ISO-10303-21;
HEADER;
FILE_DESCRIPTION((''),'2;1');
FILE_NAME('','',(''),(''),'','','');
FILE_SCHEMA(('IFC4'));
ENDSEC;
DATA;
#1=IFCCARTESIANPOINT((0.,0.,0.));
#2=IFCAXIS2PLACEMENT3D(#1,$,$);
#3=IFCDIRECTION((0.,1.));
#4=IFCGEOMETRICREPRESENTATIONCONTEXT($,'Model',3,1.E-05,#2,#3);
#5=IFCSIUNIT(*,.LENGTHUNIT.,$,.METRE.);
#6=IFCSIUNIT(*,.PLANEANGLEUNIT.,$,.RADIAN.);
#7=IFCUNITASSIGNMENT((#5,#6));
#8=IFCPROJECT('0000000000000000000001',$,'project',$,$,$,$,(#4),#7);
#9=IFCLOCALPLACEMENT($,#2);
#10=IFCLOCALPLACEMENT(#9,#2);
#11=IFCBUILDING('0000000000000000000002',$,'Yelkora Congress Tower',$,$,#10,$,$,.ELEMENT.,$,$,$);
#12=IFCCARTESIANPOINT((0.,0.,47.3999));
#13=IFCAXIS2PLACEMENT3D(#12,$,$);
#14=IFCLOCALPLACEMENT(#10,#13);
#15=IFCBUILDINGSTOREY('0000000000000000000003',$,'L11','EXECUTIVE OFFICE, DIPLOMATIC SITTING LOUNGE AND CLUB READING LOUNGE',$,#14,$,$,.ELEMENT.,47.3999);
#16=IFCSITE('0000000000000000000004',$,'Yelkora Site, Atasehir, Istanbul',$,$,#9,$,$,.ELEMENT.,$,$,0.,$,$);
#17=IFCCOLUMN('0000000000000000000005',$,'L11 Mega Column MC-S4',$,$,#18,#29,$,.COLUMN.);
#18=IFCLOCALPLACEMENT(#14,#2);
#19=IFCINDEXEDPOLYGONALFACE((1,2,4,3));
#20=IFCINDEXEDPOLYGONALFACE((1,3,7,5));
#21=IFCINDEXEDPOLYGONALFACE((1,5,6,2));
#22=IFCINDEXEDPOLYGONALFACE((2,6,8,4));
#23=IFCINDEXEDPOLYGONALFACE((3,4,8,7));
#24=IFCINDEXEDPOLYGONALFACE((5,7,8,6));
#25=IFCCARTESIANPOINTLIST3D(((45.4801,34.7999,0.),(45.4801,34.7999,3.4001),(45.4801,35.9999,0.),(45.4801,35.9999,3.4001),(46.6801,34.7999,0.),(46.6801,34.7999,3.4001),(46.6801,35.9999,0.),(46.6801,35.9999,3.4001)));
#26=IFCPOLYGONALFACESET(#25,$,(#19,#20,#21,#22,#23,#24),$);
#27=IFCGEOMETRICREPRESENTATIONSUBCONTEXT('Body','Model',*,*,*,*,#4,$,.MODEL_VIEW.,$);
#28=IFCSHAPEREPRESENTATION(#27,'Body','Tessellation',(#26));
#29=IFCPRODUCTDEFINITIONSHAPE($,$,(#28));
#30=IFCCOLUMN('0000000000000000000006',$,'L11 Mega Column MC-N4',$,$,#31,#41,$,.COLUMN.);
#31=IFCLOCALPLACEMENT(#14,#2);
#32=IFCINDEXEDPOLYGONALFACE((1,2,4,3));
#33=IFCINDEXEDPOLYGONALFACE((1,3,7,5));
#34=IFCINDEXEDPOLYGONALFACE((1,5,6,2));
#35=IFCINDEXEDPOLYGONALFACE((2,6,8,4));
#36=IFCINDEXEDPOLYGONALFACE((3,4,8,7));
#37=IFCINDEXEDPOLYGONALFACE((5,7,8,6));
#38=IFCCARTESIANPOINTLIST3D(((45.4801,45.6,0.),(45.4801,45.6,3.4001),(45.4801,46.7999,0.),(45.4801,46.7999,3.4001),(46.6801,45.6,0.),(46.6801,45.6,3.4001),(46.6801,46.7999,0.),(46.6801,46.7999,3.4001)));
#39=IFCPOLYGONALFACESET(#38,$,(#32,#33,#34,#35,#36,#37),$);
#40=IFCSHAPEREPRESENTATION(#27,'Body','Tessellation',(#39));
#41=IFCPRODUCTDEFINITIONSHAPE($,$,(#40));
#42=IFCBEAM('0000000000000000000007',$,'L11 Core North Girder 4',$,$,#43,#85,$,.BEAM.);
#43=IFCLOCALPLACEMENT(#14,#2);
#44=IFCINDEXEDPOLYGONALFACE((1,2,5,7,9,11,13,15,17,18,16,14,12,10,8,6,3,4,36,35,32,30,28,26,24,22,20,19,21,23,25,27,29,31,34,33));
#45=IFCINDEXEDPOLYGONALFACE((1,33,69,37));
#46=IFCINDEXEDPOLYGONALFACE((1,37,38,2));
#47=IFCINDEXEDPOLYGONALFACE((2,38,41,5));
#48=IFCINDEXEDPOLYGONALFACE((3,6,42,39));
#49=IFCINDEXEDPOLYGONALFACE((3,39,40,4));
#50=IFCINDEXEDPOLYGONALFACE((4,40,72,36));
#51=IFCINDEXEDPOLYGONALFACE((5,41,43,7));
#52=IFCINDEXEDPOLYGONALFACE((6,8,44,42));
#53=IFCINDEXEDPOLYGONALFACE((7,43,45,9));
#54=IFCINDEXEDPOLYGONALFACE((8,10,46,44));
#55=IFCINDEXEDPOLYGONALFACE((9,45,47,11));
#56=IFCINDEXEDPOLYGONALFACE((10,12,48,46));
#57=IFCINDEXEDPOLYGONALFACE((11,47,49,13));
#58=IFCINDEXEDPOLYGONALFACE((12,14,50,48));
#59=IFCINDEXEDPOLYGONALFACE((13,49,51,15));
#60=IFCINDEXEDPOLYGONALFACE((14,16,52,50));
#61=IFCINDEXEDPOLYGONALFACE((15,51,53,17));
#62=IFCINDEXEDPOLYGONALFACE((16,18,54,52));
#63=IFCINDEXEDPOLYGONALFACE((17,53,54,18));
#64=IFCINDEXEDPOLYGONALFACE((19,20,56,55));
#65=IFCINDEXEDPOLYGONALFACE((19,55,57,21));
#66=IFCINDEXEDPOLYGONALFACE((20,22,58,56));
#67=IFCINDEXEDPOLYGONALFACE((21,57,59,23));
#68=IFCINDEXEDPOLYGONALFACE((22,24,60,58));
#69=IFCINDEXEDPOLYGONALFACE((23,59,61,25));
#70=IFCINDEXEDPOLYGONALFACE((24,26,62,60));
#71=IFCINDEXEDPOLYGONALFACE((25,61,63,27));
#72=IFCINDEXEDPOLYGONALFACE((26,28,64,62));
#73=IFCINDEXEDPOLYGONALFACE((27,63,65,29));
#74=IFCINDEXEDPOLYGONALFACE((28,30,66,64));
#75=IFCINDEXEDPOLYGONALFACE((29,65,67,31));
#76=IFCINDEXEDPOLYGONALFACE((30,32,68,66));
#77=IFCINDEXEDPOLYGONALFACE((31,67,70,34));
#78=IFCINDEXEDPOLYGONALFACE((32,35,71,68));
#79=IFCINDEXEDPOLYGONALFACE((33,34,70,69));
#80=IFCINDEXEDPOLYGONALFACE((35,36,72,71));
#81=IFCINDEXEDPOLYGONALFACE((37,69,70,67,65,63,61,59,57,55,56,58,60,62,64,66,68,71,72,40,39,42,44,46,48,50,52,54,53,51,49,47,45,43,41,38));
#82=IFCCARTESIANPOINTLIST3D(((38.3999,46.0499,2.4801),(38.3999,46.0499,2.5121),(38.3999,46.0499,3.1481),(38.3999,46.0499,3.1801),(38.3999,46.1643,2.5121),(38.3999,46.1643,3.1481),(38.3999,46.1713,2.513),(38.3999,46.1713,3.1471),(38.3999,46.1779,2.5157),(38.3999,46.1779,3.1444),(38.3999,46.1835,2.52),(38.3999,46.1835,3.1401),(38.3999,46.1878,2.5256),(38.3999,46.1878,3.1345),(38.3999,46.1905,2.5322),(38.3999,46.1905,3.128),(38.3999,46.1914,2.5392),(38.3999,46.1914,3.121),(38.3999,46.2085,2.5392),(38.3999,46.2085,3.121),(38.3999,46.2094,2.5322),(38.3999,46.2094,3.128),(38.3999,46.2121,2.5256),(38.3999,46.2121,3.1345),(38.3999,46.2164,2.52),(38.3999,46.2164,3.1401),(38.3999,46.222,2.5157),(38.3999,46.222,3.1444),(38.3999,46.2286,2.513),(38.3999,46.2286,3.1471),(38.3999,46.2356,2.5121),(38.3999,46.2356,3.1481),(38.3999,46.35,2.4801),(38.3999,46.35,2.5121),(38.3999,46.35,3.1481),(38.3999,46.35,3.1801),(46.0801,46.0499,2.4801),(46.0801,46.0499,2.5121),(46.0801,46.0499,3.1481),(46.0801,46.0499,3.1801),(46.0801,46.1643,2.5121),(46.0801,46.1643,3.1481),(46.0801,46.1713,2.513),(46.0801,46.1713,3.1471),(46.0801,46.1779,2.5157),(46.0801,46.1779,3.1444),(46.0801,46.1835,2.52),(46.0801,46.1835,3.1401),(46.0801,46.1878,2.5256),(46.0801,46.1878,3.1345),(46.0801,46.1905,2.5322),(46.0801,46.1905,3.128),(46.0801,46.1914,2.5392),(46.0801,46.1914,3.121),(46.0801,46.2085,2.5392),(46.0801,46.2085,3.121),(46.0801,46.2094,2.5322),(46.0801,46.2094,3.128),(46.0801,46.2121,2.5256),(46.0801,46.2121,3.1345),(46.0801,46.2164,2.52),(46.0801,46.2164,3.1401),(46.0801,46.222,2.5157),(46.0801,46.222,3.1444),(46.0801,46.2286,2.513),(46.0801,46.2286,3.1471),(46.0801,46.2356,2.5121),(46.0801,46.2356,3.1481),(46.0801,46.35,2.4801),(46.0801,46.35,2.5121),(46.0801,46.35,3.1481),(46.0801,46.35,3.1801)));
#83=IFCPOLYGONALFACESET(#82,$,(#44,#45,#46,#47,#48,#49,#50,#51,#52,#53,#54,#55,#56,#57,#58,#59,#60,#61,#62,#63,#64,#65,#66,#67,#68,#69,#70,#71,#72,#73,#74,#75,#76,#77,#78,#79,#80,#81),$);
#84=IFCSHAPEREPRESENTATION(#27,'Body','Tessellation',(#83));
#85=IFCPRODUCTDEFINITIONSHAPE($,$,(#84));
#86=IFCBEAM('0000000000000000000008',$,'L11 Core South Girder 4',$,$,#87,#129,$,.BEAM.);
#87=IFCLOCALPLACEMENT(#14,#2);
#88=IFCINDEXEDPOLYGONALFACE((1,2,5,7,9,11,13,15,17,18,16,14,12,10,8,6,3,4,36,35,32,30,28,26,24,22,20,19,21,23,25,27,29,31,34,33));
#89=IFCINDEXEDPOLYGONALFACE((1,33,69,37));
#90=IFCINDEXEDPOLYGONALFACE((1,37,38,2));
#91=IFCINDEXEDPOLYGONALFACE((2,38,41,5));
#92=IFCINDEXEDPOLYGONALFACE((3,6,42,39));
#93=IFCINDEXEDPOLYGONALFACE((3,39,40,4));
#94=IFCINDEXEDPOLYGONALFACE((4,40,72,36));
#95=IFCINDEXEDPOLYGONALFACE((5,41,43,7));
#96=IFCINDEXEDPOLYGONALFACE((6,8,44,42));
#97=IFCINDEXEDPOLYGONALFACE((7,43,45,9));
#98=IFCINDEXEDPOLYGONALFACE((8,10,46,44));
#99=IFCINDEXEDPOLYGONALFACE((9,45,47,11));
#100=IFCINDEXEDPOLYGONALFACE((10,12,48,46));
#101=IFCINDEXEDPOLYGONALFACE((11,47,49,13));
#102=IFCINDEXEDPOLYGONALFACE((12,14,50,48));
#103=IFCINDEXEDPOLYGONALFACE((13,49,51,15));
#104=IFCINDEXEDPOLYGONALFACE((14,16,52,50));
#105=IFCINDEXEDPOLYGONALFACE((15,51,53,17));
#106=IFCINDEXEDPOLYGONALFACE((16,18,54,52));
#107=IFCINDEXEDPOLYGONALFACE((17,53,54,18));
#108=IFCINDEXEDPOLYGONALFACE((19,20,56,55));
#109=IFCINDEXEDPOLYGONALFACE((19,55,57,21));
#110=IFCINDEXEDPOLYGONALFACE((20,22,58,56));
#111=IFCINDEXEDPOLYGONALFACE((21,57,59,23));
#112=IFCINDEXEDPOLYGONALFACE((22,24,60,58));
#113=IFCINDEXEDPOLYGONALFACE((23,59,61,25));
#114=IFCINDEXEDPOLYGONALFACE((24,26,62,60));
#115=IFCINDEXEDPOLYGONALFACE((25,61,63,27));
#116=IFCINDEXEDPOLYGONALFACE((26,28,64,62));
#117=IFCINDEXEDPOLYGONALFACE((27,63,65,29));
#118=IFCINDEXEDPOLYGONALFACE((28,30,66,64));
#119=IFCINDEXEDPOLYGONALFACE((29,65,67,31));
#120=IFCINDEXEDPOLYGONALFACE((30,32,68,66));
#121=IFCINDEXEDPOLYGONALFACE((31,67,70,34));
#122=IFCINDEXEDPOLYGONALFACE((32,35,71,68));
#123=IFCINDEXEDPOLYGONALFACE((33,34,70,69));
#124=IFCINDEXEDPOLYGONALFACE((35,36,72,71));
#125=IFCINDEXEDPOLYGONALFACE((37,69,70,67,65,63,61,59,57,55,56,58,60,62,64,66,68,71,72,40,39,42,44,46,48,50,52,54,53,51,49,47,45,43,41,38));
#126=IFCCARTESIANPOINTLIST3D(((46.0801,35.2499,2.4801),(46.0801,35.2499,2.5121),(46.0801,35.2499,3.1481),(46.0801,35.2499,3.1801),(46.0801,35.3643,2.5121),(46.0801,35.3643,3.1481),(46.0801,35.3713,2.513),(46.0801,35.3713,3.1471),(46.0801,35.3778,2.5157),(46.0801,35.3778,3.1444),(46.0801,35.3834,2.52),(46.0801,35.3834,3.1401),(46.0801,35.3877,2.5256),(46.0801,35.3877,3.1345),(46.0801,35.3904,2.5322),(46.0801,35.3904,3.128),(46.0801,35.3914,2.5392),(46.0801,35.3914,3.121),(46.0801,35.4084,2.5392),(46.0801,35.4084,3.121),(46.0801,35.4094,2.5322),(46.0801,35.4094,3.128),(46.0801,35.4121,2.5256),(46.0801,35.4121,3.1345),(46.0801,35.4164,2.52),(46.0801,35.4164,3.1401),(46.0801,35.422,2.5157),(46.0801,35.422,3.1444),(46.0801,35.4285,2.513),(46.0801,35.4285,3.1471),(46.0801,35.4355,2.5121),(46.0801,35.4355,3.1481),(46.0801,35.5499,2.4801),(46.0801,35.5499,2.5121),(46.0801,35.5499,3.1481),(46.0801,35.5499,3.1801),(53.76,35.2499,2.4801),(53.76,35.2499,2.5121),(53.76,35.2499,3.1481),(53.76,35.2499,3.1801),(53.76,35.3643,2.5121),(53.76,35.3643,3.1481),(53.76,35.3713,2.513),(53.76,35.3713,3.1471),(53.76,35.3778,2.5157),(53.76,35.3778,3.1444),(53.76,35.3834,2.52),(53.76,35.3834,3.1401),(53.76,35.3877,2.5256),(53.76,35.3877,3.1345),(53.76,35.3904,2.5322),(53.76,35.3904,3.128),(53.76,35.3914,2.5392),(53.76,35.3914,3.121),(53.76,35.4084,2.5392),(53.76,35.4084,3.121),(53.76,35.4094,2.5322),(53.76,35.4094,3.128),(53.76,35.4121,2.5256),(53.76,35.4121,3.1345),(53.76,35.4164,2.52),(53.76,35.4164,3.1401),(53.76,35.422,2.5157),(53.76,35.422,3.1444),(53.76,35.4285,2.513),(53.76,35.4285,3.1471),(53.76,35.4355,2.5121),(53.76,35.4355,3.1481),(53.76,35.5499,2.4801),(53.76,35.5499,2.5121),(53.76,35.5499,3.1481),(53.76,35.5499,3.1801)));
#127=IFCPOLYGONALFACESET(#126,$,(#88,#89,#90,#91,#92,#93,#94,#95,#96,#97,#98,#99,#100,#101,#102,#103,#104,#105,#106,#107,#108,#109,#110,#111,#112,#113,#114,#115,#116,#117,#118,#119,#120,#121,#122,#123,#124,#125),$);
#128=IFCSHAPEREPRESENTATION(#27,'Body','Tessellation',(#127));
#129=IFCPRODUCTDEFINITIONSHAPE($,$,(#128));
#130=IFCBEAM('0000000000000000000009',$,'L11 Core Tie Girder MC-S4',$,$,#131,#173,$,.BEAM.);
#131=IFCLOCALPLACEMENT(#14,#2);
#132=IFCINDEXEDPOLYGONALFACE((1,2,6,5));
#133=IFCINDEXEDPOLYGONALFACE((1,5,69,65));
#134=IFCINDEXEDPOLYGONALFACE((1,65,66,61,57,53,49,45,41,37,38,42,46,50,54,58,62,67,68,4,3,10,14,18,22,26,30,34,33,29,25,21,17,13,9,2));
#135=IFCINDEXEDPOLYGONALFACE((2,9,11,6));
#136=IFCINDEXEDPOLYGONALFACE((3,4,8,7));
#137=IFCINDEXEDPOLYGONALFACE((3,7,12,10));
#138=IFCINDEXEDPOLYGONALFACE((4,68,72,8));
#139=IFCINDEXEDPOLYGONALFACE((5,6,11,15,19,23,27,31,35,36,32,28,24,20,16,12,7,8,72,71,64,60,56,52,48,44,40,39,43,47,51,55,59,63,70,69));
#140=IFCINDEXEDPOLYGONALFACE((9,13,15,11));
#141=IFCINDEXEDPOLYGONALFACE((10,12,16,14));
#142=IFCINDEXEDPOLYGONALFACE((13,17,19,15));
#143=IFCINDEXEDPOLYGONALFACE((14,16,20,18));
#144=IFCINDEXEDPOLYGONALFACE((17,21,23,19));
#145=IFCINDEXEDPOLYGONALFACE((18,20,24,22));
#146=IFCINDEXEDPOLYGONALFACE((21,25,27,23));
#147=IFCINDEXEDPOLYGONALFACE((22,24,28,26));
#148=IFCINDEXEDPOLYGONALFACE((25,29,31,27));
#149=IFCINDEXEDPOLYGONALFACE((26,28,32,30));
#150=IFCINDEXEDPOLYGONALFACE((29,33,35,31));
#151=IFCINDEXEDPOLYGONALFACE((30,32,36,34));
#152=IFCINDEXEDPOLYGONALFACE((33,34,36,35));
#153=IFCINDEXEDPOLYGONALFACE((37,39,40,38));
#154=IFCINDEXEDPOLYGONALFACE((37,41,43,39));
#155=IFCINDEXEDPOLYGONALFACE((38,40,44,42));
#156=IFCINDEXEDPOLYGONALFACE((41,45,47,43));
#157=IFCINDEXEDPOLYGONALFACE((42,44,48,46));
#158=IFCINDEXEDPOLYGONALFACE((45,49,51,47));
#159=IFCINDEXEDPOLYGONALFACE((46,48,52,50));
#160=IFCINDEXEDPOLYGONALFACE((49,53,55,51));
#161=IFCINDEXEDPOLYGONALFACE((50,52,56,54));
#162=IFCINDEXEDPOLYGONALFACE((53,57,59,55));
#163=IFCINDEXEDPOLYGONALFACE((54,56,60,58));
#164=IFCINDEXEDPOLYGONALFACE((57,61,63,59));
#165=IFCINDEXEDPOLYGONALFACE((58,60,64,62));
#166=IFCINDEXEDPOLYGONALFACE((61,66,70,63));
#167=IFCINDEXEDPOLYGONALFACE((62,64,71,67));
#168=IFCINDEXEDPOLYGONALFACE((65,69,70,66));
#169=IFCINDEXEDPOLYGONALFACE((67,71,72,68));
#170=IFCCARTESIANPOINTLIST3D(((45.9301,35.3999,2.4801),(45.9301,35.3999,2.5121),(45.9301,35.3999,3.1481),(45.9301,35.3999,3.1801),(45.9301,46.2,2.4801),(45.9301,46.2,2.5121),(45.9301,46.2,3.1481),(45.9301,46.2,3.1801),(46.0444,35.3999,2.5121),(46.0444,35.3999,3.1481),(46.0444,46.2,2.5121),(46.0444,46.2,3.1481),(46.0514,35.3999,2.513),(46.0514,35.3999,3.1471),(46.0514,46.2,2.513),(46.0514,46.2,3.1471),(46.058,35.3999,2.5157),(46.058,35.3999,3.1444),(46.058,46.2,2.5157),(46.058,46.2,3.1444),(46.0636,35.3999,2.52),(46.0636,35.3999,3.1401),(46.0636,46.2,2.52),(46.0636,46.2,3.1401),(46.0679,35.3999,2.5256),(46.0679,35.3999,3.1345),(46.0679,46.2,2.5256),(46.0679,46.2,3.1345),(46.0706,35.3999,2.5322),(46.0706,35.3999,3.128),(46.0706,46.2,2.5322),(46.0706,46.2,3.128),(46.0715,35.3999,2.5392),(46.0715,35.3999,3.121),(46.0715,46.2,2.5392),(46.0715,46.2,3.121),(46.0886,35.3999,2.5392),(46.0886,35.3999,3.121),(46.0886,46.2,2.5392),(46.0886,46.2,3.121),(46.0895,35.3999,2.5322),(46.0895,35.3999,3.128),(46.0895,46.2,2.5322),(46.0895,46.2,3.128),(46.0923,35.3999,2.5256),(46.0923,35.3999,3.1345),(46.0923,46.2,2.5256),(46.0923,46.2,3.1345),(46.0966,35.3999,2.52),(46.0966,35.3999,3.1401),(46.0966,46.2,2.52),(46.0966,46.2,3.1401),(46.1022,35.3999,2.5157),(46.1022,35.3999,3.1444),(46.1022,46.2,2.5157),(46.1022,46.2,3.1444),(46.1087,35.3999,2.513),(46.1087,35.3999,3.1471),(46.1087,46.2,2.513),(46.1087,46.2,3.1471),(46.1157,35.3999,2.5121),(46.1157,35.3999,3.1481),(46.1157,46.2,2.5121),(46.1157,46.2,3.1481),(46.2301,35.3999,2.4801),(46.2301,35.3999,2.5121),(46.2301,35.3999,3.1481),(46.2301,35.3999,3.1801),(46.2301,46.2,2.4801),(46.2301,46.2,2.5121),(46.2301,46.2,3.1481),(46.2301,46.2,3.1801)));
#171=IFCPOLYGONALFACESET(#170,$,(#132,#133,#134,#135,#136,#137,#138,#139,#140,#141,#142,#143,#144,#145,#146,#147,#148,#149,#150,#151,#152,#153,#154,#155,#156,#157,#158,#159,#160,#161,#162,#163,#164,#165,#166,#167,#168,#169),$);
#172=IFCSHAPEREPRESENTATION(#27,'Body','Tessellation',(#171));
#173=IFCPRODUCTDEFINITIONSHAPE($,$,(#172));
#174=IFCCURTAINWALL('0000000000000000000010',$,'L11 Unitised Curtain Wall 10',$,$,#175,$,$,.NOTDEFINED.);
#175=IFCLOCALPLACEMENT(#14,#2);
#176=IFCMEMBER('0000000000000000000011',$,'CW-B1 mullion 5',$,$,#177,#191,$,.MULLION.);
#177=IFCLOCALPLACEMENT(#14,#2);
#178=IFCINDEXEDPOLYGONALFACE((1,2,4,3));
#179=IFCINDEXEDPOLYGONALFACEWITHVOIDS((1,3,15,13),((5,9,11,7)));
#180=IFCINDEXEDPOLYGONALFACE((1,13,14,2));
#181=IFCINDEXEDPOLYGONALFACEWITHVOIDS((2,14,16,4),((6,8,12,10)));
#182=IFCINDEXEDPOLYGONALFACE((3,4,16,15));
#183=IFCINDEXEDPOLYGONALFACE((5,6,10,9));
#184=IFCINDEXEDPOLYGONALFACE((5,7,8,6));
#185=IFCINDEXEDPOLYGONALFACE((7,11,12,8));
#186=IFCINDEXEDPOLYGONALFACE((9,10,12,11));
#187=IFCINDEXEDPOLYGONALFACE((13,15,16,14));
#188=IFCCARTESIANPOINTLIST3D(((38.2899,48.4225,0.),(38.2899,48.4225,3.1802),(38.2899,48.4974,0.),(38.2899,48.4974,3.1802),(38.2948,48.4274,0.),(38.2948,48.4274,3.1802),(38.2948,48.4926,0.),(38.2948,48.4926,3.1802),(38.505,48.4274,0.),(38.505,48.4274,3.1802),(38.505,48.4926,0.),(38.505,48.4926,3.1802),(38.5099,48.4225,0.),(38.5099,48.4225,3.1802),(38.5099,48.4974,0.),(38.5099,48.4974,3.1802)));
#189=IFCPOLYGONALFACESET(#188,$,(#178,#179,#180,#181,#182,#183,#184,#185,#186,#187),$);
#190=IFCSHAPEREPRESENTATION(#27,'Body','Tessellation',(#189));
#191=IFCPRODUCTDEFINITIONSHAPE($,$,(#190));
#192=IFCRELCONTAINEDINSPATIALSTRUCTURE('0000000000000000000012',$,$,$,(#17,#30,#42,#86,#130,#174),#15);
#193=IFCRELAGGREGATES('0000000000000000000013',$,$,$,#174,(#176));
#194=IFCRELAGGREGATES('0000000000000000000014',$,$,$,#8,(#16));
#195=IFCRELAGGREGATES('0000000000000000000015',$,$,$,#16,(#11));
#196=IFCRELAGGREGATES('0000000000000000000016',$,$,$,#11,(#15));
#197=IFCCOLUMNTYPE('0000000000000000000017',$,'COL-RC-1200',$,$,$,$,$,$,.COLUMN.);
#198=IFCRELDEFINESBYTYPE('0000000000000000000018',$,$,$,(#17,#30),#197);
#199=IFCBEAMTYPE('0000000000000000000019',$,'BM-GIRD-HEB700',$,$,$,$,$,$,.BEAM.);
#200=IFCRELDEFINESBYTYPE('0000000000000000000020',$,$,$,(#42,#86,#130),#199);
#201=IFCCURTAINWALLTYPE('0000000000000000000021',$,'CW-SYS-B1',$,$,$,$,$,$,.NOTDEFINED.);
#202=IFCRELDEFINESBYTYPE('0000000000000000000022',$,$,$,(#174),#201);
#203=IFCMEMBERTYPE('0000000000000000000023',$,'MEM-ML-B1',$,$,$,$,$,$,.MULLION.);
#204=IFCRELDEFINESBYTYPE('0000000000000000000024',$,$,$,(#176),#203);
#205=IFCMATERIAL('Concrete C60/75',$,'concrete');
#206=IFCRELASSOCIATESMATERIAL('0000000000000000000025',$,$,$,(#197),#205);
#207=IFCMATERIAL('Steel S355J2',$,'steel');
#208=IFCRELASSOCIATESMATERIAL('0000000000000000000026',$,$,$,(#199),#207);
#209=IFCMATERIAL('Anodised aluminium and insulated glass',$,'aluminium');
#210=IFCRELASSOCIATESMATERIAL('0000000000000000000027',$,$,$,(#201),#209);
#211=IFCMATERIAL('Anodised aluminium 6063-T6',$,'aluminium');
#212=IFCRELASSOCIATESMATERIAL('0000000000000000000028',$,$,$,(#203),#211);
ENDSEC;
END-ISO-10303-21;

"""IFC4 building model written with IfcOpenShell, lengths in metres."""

from ifc_helpers import new_model, si_unit, direction, frame, origin, origin_2d, place, context, subcontext, project, spatial, rectangle, hollow_rectangle, i_section, extrude, material, material_profile, profile_set, type_object, element, aggregate, save


model = new_model("IFC4")

# Units and contexts
model_context = context("Model", 3, precision=1e-05, world=origin(), true_north=direction((0.0, 1.0)))
body_context = subcontext(model_context, "Body", "Model", "MODEL_VIEW")
ifc_project = project(units=[si_unit("LENGTHUNIT", "METRE"), si_unit("PLANEANGLEUNIT", "RADIAN")], contexts=[model_context])

# Site, building, storey
site_placement = place(None, origin())
site = spatial("IfcSite", under=ifc_project, at=site_placement, Name="Yelkora Site, Atasehir, Istanbul", CompositionType="ELEMENT", RefElevation=0.0)
building_placement = place(site_placement, origin())
building = spatial("IfcBuilding", under=site, at=building_placement, Name="Yelkora Congress Tower", CompositionType="ELEMENT")
storey_placement = place(building_placement, frame((0.0, 0.0, 47.3999)))
storey = spatial("IfcBuildingStorey", under=building, at=storey_placement, Name="L11", Description="EXECUTIVE OFFICE, DIPLOMATIC SITTING LOUNGE AND CLUB READING LOUNGE", CompositionType="ELEMENT", Elevation=47.3999)

# Columns
ifc_material_1 = material(Name="Concrete C60/75", Category="concrete")
ifc_material_profile_1 = material_profile(ifc_material_1, rectangle(XDim=1.2, YDim=1.2, at=origin_2d()), Name="RC 1200x1200")
ifc_profile_set_1 = profile_set([ifc_material_profile_1], Name="Concrete C60/75")
column_type = type_object("IfcColumnType", Name="COL-RC-1200", PredefinedType="COLUMN", material=ifc_profile_set_1)
for number, where, z_axis, x_axis, name in (
    (1, (46.0801, 35.3999, 0.0), (0.0, 0.0, 1.0), (1.0, 0.0, 0.0), "L11 Mega Column MC-S4"),
    (2, (46.0801, 46.2, 0.0), (0.0, 0.0, 1.0), (1.0, 0.0, 0.0), "L11 Mega Column MC-N4"),
):
    element("IfcColumn", number, at=place(storey_placement, frame(where, z_axis=z_axis, x_axis=x_axis)), inside=storey, type_object=column_type, Name=name, PredefinedType="COLUMN", context=body_context, shape_type="SweptSolid", body=[
        extrude(rectangle(XDim=1.2, YDim=1.2, at=origin_2d()), origin(), (0.0, 0.0, 1.0), 3.4001),
    ])

# Beams
ifc_material_2 = material(Name="Steel S355J2", Category="steel")
ifc_material_profile_2 = material_profile(ifc_material_2, i_section(OverallWidth=0.3, OverallDepth=0.7, WebThickness=0.0171, FlangeThickness=0.032, FilletRadius=0.0271, at=origin_2d()), Name="HEB 700")
ifc_profile_set_2 = profile_set([ifc_material_profile_2], Name="Steel S355J2")
beam_type = type_object("IfcBeamType", Name="BM-GIRD-HEB700", PredefinedType="BEAM", material=ifc_profile_set_2)
beam_1_placement = place(storey_placement, frame((38.3999, 46.2, 2.8301), z_axis=(1.0, 0.0, 0.0), x_axis=(0.0, 1.0, 0.0)))
element("IfcBeam", 3, at=beam_1_placement, inside=storey, type_object=beam_type, Name="L11 Core North Girder 4", PredefinedType="BEAM", context=body_context, shape_type="SweptSolid", body=[
    extrude(i_section(OverallWidth=0.3, OverallDepth=0.7, WebThickness=0.0171, FlangeThickness=0.032, FilletRadius=0.0271, at=origin_2d()), origin(), (0.0, 0.0, 1.0), 7.6802),
])
beam_2_placement = place(storey_placement, frame((46.0801, 35.3999, 2.8301), z_axis=(1.0, 0.0, 0.0), x_axis=(0.0, 1.0, 0.0)))
element("IfcBeam", 4, at=beam_2_placement, inside=storey, type_object=beam_type, Name="L11 Core South Girder 4", PredefinedType="BEAM", context=body_context, shape_type="SweptSolid", body=[
    extrude(i_section(OverallWidth=0.3, OverallDepth=0.7, WebThickness=0.0171, FlangeThickness=0.032, FilletRadius=0.0271, at=origin_2d()), origin(), (0.0, 0.0, 1.0), 7.6799),
])
beam_3_placement = place(storey_placement, frame((46.0801, 35.3999, 2.8301), z_axis=(0.0, 1.0, 0.0), x_axis=(-1.0, 0.0, 0.0)))
element("IfcBeam", 5, at=beam_3_placement, inside=storey, type_object=beam_type, Name="L11 Core Tie Girder MC-S4", PredefinedType="BEAM", context=body_context, shape_type="SweptSolid", body=[
    extrude(i_section(OverallWidth=0.3, OverallDepth=0.7, WebThickness=0.0171, FlangeThickness=0.032, FilletRadius=0.0271, at=origin_2d()), origin(), (0.0, 0.0, 1.0), 10.8),
])

# Curtain wall, member
ifc_material_3 = material(Name="Anodised aluminium and insulated glass", Category="aluminium")
curtain_wall_type = type_object("IfcCurtainWallType", Name="CW-SYS-B1", PredefinedType="NOTDEFINED", material=ifc_material_3)
curtain_wall_placement = place(storey_placement, origin())
curtain_wall = element("IfcCurtainWall", 6, at=curtain_wall_placement, inside=storey, type_object=curtain_wall_type, Name="L11 Unitised Curtain Wall 10", PredefinedType="NOTDEFINED")
ifc_material_4 = material(Name="Anodised aluminium 6063-T6", Category="aluminium")
ifc_material_profile_3 = material_profile(ifc_material_4, hollow_rectangle(XDim=0.075, YDim=0.22, WallThickness=0.0049, at=origin_2d()), Name="ALU 75x220x5")
ifc_profile_set_3 = profile_set([ifc_material_profile_3], Name="Anodised aluminium 6063-T6")
member_type_1 = type_object("IfcMemberType", Name="MEM-ML-B1", PredefinedType="MULLION", material=ifc_profile_set_3)
member_1_placement = place(storey_placement, frame((38.3999, 48.46, 0.0), z_axis=(0.0, 0.0, 1.0), x_axis=(0.0, 1.0, 0.0)))
member_1 = element("IfcMember", 7, at=member_1_placement, type_object=member_type_1, Name="CW-B1 mullion 5", PredefinedType="MULLION", context=body_context, shape_type="SweptSolid", body=[
    extrude(hollow_rectangle(XDim=0.075, YDim=0.22, WallThickness=0.0049, at=origin_2d()), origin(), (0.0, 0.0, 1.0), 3.1802),
])
aggregate(curtain_wall, [member_1])

save(model, "model.ifc")
